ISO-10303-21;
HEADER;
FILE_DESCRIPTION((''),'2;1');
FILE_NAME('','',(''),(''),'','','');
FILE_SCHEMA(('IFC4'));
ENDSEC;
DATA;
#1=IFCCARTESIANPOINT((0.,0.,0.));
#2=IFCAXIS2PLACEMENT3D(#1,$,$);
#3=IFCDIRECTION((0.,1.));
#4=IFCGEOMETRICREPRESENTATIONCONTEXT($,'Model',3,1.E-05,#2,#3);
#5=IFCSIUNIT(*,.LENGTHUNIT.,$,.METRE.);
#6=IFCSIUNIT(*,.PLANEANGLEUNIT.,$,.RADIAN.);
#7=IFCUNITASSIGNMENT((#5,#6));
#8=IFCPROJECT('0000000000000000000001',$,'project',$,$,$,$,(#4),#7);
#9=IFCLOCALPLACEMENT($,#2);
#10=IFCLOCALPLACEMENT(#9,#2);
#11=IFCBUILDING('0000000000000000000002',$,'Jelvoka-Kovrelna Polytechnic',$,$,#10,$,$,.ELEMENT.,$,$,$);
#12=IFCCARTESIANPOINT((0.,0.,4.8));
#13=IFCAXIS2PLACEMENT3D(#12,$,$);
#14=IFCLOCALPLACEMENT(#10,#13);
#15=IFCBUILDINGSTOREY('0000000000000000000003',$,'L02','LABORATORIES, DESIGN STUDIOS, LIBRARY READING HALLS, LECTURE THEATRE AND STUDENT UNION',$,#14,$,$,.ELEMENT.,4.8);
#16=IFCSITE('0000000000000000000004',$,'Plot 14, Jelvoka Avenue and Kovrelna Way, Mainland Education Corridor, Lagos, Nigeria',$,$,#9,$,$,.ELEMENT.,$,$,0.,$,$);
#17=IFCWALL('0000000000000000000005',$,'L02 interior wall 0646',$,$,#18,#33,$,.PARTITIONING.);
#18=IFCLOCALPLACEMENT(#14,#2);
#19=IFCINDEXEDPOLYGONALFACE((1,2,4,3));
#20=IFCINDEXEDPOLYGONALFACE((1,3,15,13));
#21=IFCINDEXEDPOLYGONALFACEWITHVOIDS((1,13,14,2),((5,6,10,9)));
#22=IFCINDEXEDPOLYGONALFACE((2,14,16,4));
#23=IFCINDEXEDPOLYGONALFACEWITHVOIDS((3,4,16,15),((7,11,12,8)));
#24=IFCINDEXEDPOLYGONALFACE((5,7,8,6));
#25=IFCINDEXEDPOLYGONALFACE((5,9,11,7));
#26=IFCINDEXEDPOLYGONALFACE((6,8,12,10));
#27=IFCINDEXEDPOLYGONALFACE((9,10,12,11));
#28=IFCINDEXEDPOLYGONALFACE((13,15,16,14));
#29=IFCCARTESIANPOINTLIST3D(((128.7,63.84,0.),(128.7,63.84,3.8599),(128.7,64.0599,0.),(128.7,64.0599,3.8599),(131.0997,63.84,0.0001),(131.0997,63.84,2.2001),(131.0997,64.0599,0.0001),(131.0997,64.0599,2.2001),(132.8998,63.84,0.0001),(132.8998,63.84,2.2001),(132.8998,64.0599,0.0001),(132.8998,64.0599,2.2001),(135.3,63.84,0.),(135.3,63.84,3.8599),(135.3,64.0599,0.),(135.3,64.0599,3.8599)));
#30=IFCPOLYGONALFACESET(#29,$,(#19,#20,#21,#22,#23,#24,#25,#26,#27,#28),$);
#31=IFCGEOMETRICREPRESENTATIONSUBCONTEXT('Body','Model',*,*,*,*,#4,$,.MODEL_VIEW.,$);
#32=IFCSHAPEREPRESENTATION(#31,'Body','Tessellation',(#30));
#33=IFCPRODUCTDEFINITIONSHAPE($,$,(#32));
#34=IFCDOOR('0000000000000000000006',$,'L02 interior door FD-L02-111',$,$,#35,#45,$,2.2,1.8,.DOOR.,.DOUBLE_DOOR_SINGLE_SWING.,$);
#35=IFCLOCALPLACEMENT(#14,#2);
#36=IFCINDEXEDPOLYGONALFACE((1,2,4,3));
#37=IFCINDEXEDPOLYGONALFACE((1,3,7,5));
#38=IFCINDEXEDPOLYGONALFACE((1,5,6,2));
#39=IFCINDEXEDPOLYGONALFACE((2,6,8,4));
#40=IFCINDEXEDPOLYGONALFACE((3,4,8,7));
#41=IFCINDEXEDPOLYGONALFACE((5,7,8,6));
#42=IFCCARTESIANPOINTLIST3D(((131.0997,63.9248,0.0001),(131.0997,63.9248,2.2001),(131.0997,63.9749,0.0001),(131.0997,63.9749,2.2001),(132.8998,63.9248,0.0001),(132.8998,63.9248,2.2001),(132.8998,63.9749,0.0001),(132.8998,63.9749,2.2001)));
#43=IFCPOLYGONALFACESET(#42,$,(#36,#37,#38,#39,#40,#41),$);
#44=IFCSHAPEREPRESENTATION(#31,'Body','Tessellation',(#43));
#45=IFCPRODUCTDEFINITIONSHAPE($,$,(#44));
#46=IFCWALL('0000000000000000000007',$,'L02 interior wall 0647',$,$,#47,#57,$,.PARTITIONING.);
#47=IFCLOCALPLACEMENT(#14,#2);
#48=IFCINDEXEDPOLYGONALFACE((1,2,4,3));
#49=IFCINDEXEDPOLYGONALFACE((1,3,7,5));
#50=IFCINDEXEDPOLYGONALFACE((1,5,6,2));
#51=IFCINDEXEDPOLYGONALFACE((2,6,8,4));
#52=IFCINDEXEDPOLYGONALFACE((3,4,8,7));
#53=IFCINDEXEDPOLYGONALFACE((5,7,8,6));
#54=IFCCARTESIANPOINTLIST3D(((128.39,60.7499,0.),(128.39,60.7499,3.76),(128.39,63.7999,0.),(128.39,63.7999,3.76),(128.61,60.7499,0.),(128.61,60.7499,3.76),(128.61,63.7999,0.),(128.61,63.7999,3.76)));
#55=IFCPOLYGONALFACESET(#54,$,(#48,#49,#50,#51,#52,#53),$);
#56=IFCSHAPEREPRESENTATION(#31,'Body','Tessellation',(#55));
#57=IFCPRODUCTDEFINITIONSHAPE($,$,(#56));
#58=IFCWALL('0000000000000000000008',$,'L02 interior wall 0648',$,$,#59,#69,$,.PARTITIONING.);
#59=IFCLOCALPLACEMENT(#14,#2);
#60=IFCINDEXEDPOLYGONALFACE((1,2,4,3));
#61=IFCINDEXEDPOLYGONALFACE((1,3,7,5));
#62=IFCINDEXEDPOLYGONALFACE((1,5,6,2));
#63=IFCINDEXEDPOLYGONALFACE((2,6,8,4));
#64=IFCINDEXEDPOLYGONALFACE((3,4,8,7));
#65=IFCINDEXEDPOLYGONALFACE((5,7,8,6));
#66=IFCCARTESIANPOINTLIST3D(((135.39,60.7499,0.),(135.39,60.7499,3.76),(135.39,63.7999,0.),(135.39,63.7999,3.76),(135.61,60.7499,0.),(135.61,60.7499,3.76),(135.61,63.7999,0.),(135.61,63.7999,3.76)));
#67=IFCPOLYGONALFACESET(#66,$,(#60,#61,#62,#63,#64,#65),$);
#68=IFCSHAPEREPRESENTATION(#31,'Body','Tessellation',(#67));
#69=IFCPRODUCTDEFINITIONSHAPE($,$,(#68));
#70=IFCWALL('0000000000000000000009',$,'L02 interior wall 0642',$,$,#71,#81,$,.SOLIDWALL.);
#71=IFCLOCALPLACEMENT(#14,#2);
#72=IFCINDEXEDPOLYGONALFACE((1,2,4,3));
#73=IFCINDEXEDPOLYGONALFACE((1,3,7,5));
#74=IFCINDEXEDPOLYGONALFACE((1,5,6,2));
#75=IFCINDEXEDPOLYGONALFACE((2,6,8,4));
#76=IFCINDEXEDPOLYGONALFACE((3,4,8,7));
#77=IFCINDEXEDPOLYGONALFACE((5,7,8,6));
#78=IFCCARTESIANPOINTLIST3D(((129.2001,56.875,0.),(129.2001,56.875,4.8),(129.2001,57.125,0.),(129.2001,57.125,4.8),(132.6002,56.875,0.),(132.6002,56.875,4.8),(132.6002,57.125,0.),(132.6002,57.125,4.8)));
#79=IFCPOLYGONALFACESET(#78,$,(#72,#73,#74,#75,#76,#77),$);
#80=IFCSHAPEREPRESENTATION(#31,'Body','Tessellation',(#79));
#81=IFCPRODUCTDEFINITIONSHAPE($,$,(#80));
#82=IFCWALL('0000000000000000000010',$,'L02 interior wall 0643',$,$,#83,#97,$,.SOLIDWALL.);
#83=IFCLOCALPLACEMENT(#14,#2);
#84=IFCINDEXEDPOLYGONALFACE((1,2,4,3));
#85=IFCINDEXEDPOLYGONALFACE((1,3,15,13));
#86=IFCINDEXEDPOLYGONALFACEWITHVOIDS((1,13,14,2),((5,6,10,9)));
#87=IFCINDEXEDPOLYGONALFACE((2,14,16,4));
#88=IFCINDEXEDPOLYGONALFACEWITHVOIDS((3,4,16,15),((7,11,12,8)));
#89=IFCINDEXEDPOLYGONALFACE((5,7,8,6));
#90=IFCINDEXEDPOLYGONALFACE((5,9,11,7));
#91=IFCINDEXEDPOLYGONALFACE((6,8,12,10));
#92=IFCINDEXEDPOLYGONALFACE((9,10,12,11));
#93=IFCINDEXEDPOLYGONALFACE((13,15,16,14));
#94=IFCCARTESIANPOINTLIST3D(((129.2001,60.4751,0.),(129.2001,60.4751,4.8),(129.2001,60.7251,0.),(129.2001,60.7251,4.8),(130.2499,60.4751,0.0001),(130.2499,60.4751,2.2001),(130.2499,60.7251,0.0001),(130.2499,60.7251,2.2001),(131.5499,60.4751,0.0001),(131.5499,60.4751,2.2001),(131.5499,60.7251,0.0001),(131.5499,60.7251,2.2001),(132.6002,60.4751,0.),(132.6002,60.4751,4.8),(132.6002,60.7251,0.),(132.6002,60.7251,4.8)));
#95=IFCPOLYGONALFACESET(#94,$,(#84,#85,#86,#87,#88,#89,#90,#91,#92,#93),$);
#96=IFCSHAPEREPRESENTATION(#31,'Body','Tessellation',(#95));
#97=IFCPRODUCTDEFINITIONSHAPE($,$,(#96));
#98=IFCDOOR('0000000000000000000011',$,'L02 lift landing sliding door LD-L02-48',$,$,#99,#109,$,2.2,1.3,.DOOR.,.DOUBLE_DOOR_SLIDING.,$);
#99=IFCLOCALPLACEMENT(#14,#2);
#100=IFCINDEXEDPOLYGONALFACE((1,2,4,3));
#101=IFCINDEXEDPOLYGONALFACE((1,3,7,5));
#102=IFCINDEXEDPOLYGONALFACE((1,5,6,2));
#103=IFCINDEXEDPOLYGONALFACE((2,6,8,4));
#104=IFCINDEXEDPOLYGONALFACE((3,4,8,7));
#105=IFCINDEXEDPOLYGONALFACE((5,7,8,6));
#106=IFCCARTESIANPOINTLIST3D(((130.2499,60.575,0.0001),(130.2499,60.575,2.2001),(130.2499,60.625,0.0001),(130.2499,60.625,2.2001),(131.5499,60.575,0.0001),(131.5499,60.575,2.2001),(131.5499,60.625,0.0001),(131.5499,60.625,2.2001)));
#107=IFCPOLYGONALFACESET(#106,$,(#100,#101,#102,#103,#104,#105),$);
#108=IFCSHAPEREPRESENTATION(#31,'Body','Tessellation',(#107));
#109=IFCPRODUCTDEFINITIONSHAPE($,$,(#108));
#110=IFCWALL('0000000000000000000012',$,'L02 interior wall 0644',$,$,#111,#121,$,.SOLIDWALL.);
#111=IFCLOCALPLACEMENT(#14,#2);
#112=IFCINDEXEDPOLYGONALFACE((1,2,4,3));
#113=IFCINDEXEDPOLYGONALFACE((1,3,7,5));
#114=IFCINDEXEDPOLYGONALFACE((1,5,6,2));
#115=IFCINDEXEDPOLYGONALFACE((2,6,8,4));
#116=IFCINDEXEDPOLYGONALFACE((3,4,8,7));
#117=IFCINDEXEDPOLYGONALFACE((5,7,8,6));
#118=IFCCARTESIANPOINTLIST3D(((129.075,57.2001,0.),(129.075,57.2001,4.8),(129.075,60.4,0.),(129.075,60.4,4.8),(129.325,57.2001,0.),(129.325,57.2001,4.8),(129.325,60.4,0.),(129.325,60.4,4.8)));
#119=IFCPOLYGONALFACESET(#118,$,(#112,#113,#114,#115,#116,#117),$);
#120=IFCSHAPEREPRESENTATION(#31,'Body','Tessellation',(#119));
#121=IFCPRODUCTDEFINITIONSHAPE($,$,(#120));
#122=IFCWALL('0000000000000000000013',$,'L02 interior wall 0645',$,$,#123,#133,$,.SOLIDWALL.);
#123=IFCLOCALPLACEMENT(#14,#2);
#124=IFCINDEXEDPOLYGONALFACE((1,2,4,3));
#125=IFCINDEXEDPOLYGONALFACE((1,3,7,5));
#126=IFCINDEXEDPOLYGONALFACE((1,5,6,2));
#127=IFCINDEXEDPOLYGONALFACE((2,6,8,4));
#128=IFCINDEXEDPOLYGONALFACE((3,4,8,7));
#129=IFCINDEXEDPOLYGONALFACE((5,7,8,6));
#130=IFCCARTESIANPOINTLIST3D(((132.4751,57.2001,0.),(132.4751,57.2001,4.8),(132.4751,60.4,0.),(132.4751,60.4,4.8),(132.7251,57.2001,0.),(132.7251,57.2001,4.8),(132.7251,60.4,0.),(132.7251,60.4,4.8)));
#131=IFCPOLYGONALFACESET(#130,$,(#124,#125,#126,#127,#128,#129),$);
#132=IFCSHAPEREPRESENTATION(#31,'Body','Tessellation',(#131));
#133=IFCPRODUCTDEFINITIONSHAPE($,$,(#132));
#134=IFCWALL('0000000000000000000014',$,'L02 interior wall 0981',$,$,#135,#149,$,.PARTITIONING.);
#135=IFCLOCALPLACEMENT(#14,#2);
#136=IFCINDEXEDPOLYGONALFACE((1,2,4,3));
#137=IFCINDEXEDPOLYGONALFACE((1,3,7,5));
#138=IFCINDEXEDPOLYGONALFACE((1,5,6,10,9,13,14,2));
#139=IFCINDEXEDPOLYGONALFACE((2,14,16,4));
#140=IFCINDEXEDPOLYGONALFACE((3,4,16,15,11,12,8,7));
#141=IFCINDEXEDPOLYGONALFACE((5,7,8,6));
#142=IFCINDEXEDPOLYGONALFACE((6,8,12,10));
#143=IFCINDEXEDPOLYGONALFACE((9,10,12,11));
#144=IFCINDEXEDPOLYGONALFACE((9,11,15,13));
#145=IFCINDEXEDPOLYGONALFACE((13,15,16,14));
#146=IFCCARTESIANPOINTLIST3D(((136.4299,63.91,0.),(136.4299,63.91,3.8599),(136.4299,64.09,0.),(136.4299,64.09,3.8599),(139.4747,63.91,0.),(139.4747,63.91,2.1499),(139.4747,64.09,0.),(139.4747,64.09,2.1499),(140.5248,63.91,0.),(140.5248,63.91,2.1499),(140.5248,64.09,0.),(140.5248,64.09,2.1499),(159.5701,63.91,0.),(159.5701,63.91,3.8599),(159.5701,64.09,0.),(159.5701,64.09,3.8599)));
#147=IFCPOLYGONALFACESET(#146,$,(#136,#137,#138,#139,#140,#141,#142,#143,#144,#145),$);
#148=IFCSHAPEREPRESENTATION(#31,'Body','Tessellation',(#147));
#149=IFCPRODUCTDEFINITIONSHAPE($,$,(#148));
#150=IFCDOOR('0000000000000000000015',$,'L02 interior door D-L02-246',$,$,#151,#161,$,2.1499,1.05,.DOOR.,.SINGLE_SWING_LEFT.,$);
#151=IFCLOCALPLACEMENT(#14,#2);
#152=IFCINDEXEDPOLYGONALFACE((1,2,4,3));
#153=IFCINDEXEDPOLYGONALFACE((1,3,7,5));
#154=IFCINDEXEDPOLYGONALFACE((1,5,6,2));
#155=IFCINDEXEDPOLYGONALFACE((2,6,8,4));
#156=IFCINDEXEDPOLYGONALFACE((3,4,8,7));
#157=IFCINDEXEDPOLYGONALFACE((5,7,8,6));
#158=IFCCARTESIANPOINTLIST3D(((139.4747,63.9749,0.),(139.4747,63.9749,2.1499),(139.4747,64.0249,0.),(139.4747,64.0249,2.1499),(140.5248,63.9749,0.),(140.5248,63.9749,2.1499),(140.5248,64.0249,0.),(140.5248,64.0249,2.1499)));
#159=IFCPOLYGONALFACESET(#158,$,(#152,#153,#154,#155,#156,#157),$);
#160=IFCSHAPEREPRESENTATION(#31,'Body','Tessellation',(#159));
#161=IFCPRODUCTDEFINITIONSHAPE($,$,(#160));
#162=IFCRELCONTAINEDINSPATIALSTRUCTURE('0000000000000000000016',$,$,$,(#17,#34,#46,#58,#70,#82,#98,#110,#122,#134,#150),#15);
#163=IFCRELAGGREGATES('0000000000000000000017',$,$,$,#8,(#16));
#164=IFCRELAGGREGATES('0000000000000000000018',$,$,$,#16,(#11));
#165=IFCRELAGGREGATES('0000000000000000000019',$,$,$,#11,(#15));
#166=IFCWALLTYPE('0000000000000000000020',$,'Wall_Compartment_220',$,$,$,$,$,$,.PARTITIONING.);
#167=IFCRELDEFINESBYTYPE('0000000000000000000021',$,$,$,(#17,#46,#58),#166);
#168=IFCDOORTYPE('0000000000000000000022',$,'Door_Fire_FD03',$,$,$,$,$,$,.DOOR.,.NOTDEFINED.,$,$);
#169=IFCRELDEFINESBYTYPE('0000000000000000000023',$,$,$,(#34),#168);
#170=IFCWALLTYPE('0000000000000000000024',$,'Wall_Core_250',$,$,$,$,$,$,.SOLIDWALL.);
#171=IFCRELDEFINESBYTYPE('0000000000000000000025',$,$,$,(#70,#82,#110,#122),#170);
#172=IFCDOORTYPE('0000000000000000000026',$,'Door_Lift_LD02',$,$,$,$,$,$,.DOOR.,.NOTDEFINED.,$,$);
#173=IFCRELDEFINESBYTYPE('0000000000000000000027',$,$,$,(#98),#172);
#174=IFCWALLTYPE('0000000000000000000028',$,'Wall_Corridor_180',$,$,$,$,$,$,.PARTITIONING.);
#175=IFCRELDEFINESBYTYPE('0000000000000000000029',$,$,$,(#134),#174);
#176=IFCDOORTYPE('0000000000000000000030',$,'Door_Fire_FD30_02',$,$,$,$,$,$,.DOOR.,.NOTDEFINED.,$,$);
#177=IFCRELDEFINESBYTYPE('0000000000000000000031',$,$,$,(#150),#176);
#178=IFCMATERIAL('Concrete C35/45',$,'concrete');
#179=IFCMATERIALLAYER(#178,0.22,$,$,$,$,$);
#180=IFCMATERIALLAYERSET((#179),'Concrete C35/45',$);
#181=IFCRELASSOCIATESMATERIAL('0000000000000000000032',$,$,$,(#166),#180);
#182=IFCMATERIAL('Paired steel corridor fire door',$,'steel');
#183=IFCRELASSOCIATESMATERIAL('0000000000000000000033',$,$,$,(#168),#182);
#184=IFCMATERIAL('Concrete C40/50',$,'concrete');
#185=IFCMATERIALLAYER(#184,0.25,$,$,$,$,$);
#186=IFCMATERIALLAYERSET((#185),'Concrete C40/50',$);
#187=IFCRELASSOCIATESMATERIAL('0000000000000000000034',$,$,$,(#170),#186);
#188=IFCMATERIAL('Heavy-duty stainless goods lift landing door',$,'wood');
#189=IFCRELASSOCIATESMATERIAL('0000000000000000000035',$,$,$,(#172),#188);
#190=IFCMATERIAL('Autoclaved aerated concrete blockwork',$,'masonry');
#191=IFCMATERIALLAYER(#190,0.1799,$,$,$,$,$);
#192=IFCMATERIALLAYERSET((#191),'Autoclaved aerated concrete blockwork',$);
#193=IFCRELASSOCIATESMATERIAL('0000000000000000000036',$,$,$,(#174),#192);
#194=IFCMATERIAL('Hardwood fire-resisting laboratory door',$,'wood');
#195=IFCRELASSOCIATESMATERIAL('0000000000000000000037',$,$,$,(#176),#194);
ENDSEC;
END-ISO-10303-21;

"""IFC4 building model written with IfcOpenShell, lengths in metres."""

from ifc_helpers import new_model, si_unit, direction, frame, frame_2d, origin, place, context, subcontext, project, spatial, rectangle, extrude, material, layer, layer_set, type_object, element, fill, save


model = new_model("IFC4")

# Units and contexts
model_context = context("Model", 3, precision=1e-05, world=origin(), true_north=direction((0.0, 1.0)))
body_context = subcontext(model_context, "Body", "Model", "MODEL_VIEW")
ifc_project = project(units=[si_unit("LENGTHUNIT", "METRE"), si_unit("PLANEANGLEUNIT", "RADIAN")], contexts=[model_context])

# Site, building, storey
site_placement = place(None, origin())
site = spatial("IfcSite", under=ifc_project, at=site_placement, Name="Plot 14, Jelvoka Avenue and Kovrelna Way, Mainland Education Corridor, Lagos, Nigeria", CompositionType="ELEMENT", RefElevation=0.0)
building_placement = place(site_placement, origin())
building = spatial("IfcBuilding", under=site, at=building_placement, Name="Jelvoka-Kovrelna Polytechnic", CompositionType="ELEMENT")
storey_placement = place(building_placement, frame((0.0, 0.0, 4.8)))
storey = spatial("IfcBuildingStorey", under=building, at=storey_placement, Name="L02", Description="LABORATORIES, DESIGN STUDIOS, LIBRARY READING HALLS, LECTURE THEATRE AND STUDENT UNION", CompositionType="ELEMENT", Elevation=4.8)

# Wall, opening, door
ifc_material_1 = material(Name="Concrete C35/45", Category="concrete")
ifc_layer_1 = layer(ifc_material_1, 0.22)
ifc_layer_set_1 = layer_set([ifc_layer_1], Name="Concrete C35/45")
wall_type_1 = type_object("IfcWallType", Name="Wall_Compartment_220", PredefinedType="PARTITIONING", material=ifc_layer_set_1)
wall_1_placement = place(storey_placement, frame((128.7, 63.95, 0.0), z_axis=(0.0, 0.0, 1.0), x_axis=(1.0, 0.0, 0.0)))
wall_1 = element("IfcWall", 1, at=wall_1_placement, inside=storey, type_object=wall_type_1, Name="L02 interior wall 0646", PredefinedType="PARTITIONING", context=body_context, shape_type="SweptSolid", body=[
    extrude(rectangle(XDim=6.6001, YDim=0.22, at=frame_2d((3.3, 0.0))), origin(), (0.0, 0.0, 1.0), 3.8599),
])
opening_1_placement = place(wall_1_placement, frame((2.3999, 0.0, 0.0)))
opening_1 = element("IfcOpeningElement", 2, at=opening_1_placement, cuts=wall_1, PredefinedType="OPENING", context=body_context, shape_type="SweptSolid", body=[
    extrude(rectangle(XDim=1.8, YDim=2.2, at=frame_2d((0.8999, 1.1001))), frame((0.0, 0.1199, 0.0), z_axis=(0.0, -1.0, 0.0), x_axis=(1.0, 0.0, 0.0)), (0.0, 0.0, 1.0), 0.24),
])
ifc_material_2 = material(Name="Paired steel corridor fire door", Category="steel")
door_type_1 = type_object("IfcDoorType", Name="Door_Fire_FD03", OperationType="NOTDEFINED", PredefinedType="DOOR", material=ifc_material_2)
door_1_placement = place(opening_1_placement, origin())
door_1 = element("IfcDoor", 3, at=door_1_placement, inside=storey, type_object=door_type_1, Name="L02 interior door FD-L02-111", OperationType="DOUBLE_DOOR_SINGLE_SWING", OverallHeight=2.2, OverallWidth=1.8, PredefinedType="DOOR", context=body_context, shape_type="SweptSolid", body=[
    extrude(rectangle(XDim=1.8, YDim=2.2, at=frame_2d((0.8999, 1.1001))), frame((0.0, 0.0249, 0.0), z_axis=(0.0, -1.0, 0.0), x_axis=(1.0, 0.0, 0.0)), (0.0, 0.0, 1.0), 0.05),
])
fill(opening_1, door_1)

# Walls
for number, where, z_axis, x_axis, name in (
    (4, (128.5, 60.75, 0.0), (0.0, 0.0, 1.0), (0.0, 1.0, 0.0), "L02 interior wall 0647"),
    (5, (135.5, 60.75, 0.0), (0.0, 0.0, 1.0), (0.0, 1.0, 0.0), "L02 interior wall 0648"),
):
    element("IfcWall", number, at=place(storey_placement, frame(where, z_axis=z_axis, x_axis=x_axis)), inside=storey, type_object=wall_type_1, Name=name, PredefinedType="PARTITIONING", context=body_context, shape_type="SweptSolid", body=[
        extrude(rectangle(XDim=3.05, YDim=0.22, at=frame_2d((1.5249, 0.0))), origin(), (0.0, 0.0, 1.0), 3.76),
    ])
ifc_material_3 = material(Name="Concrete C40/50", Category="concrete")
ifc_layer_2 = layer(ifc_material_3, 0.25)
ifc_layer_set_2 = layer_set([ifc_layer_2], Name="Concrete C40/50")
wall_type_2 = type_object("IfcWallType", Name="Wall_Core_250", PredefinedType="SOLIDWALL", material=ifc_layer_set_2)
wall_2_placement = place(storey_placement, frame((129.2, 57.0, 0.0), z_axis=(0.0, 0.0, 1.0), x_axis=(1.0, 0.0, 0.0)))
element("IfcWall", 6, at=wall_2_placement, inside=storey, type_object=wall_type_2, Name="L02 interior wall 0642", PredefinedType="SOLIDWALL", context=body_context, shape_type="SweptSolid", body=[
    extrude(rectangle(XDim=3.4001, YDim=0.25, at=frame_2d((1.7002, 0.0))), origin(), (0.0, 0.0, 1.0), 4.8),
])

# Wall, opening, door
wall_3_placement = place(storey_placement, frame((129.2, 60.6001, 0.0), z_axis=(0.0, 0.0, 1.0), x_axis=(1.0, 0.0, 0.0)))
wall_3 = element("IfcWall", 7, at=wall_3_placement, inside=storey, type_object=wall_type_2, Name="L02 interior wall 0643", PredefinedType="SOLIDWALL", context=body_context, shape_type="SweptSolid", body=[
    extrude(rectangle(XDim=3.4001, YDim=0.25, at=frame_2d((1.7002, 0.0))), origin(), (0.0, 0.0, 1.0), 4.8),
])
opening_2_placement = place(wall_3_placement, frame((1.05, 0.0, 0.0)))
opening_2 = element("IfcOpeningElement", 8, at=opening_2_placement, cuts=wall_3, PredefinedType="OPENING", context=body_context, shape_type="SweptSolid", body=[
    extrude(rectangle(XDim=1.3, YDim=2.2, at=frame_2d((0.6499, 1.1001))), frame((0.0, 0.135, 0.0), z_axis=(0.0, -1.0, 0.0), x_axis=(1.0, 0.0, 0.0)), (0.0, 0.0, 1.0), 0.27),
])
ifc_material_4 = material(Name="Heavy-duty stainless goods lift landing door", Category="wood")
door_type_2 = type_object("IfcDoorType", Name="Door_Lift_LD02", OperationType="NOTDEFINED", PredefinedType="DOOR", material=ifc_material_4)
door_2_placement = place(opening_2_placement, origin())
door_2 = element("IfcDoor", 9, at=door_2_placement, inside=storey, type_object=door_type_2, Name="L02 lift landing sliding door LD-L02-48", OperationType="DOUBLE_DOOR_SLIDING", OverallHeight=2.2, OverallWidth=1.3, PredefinedType="DOOR", context=body_context, shape_type="SweptSolid", body=[
    extrude(rectangle(XDim=1.3, YDim=2.2, at=frame_2d((0.6499, 1.1001))), frame((0.0, 0.0249, 0.0), z_axis=(0.0, -1.0, 0.0), x_axis=(1.0, 0.0, 0.0)), (0.0, 0.0, 1.0), 0.05),
])
fill(opening_2, door_2)

# Walls
for number, where, z_axis, x_axis, name in (
    (10, (129.2, 57.2, 0.0), (0.0, 0.0, 1.0), (0.0, 1.0, 0.0), "L02 interior wall 0644"),
    (11, (132.6001, 57.2, 0.0), (0.0, 0.0, 1.0), (0.0, 1.0, 0.0), "L02 interior wall 0645"),
):
    element("IfcWall", number, at=place(storey_placement, frame(where, z_axis=z_axis, x_axis=x_axis)), inside=storey, type_object=wall_type_2, Name=name, PredefinedType="SOLIDWALL", context=body_context, shape_type="SweptSolid", body=[
        extrude(rectangle(XDim=3.2, YDim=0.25, at=frame_2d((1.6001, 0.0))), origin(), (0.0, 0.0, 1.0), 4.8),
    ])

# Wall, opening, door
ifc_material_5 = material(Name="Autoclaved aerated concrete blockwork", Category="masonry")
ifc_layer_3 = layer(ifc_material_5, 0.1799)
ifc_layer_set_3 = layer_set([ifc_layer_3], Name="Autoclaved aerated concrete blockwork")
wall_type_3 = type_object("IfcWallType", Name="Wall_Corridor_180", PredefinedType="PARTITIONING", material=ifc_layer_set_3)
wall_4_placement = place(storey_placement, frame((136.4299, 64.0, 0.0), z_axis=(0.0, 0.0, 1.0), x_axis=(1.0, 0.0, 0.0)))
wall_4 = element("IfcWall", 12, at=wall_4_placement, inside=storey, type_object=wall_type_3, Name="L02 interior wall 0981", PredefinedType="PARTITIONING", context=body_context, shape_type="SweptSolid", body=[
    extrude(rectangle(XDim=23.1401, YDim=0.1799, at=frame_2d((11.5701, 0.0))), origin(), (0.0, 0.0, 1.0), 3.8599),
])
opening_3_placement = place(wall_4_placement, frame((3.0449, 0.0, 0.0)))
opening_3 = element("IfcOpeningElement", 13, at=opening_3_placement, cuts=wall_4, PredefinedType="OPENING", context=body_context, shape_type="SweptSolid", body=[
    extrude(rectangle(XDim=1.05, YDim=2.1499, at=frame_2d((0.5249, 1.075))), frame((0.0, 0.0999, 0.0), z_axis=(0.0, -1.0, 0.0), x_axis=(1.0, 0.0, 0.0)), (0.0, 0.0, 1.0), 0.2),
])
ifc_material_6 = material(Name="Hardwood fire-resisting laboratory door", Category="wood")
door_type_3 = type_object("IfcDoorType", Name="Door_Fire_FD30_02", OperationType="NOTDEFINED", PredefinedType="DOOR", material=ifc_material_6)
door_3_placement = place(opening_3_placement, origin())
door_3 = element("IfcDoor", 14, at=door_3_placement, inside=storey, type_object=door_type_3, Name="L02 interior door D-L02-246", OperationType="SINGLE_SWING_LEFT", OverallHeight=2.1499, OverallWidth=1.05, PredefinedType="DOOR", context=body_context, shape_type="SweptSolid", body=[
    extrude(rectangle(XDim=1.05, YDim=2.1499, at=frame_2d((0.5249, 1.075))), frame((0.0, 0.0249, 0.0), z_axis=(0.0, -1.0, 0.0), x_axis=(1.0, 0.0, 0.0)), (0.0, 0.0, 1.0), 0.05),
])
fill(opening_3, door_3)

save(model, "model.ifc")
